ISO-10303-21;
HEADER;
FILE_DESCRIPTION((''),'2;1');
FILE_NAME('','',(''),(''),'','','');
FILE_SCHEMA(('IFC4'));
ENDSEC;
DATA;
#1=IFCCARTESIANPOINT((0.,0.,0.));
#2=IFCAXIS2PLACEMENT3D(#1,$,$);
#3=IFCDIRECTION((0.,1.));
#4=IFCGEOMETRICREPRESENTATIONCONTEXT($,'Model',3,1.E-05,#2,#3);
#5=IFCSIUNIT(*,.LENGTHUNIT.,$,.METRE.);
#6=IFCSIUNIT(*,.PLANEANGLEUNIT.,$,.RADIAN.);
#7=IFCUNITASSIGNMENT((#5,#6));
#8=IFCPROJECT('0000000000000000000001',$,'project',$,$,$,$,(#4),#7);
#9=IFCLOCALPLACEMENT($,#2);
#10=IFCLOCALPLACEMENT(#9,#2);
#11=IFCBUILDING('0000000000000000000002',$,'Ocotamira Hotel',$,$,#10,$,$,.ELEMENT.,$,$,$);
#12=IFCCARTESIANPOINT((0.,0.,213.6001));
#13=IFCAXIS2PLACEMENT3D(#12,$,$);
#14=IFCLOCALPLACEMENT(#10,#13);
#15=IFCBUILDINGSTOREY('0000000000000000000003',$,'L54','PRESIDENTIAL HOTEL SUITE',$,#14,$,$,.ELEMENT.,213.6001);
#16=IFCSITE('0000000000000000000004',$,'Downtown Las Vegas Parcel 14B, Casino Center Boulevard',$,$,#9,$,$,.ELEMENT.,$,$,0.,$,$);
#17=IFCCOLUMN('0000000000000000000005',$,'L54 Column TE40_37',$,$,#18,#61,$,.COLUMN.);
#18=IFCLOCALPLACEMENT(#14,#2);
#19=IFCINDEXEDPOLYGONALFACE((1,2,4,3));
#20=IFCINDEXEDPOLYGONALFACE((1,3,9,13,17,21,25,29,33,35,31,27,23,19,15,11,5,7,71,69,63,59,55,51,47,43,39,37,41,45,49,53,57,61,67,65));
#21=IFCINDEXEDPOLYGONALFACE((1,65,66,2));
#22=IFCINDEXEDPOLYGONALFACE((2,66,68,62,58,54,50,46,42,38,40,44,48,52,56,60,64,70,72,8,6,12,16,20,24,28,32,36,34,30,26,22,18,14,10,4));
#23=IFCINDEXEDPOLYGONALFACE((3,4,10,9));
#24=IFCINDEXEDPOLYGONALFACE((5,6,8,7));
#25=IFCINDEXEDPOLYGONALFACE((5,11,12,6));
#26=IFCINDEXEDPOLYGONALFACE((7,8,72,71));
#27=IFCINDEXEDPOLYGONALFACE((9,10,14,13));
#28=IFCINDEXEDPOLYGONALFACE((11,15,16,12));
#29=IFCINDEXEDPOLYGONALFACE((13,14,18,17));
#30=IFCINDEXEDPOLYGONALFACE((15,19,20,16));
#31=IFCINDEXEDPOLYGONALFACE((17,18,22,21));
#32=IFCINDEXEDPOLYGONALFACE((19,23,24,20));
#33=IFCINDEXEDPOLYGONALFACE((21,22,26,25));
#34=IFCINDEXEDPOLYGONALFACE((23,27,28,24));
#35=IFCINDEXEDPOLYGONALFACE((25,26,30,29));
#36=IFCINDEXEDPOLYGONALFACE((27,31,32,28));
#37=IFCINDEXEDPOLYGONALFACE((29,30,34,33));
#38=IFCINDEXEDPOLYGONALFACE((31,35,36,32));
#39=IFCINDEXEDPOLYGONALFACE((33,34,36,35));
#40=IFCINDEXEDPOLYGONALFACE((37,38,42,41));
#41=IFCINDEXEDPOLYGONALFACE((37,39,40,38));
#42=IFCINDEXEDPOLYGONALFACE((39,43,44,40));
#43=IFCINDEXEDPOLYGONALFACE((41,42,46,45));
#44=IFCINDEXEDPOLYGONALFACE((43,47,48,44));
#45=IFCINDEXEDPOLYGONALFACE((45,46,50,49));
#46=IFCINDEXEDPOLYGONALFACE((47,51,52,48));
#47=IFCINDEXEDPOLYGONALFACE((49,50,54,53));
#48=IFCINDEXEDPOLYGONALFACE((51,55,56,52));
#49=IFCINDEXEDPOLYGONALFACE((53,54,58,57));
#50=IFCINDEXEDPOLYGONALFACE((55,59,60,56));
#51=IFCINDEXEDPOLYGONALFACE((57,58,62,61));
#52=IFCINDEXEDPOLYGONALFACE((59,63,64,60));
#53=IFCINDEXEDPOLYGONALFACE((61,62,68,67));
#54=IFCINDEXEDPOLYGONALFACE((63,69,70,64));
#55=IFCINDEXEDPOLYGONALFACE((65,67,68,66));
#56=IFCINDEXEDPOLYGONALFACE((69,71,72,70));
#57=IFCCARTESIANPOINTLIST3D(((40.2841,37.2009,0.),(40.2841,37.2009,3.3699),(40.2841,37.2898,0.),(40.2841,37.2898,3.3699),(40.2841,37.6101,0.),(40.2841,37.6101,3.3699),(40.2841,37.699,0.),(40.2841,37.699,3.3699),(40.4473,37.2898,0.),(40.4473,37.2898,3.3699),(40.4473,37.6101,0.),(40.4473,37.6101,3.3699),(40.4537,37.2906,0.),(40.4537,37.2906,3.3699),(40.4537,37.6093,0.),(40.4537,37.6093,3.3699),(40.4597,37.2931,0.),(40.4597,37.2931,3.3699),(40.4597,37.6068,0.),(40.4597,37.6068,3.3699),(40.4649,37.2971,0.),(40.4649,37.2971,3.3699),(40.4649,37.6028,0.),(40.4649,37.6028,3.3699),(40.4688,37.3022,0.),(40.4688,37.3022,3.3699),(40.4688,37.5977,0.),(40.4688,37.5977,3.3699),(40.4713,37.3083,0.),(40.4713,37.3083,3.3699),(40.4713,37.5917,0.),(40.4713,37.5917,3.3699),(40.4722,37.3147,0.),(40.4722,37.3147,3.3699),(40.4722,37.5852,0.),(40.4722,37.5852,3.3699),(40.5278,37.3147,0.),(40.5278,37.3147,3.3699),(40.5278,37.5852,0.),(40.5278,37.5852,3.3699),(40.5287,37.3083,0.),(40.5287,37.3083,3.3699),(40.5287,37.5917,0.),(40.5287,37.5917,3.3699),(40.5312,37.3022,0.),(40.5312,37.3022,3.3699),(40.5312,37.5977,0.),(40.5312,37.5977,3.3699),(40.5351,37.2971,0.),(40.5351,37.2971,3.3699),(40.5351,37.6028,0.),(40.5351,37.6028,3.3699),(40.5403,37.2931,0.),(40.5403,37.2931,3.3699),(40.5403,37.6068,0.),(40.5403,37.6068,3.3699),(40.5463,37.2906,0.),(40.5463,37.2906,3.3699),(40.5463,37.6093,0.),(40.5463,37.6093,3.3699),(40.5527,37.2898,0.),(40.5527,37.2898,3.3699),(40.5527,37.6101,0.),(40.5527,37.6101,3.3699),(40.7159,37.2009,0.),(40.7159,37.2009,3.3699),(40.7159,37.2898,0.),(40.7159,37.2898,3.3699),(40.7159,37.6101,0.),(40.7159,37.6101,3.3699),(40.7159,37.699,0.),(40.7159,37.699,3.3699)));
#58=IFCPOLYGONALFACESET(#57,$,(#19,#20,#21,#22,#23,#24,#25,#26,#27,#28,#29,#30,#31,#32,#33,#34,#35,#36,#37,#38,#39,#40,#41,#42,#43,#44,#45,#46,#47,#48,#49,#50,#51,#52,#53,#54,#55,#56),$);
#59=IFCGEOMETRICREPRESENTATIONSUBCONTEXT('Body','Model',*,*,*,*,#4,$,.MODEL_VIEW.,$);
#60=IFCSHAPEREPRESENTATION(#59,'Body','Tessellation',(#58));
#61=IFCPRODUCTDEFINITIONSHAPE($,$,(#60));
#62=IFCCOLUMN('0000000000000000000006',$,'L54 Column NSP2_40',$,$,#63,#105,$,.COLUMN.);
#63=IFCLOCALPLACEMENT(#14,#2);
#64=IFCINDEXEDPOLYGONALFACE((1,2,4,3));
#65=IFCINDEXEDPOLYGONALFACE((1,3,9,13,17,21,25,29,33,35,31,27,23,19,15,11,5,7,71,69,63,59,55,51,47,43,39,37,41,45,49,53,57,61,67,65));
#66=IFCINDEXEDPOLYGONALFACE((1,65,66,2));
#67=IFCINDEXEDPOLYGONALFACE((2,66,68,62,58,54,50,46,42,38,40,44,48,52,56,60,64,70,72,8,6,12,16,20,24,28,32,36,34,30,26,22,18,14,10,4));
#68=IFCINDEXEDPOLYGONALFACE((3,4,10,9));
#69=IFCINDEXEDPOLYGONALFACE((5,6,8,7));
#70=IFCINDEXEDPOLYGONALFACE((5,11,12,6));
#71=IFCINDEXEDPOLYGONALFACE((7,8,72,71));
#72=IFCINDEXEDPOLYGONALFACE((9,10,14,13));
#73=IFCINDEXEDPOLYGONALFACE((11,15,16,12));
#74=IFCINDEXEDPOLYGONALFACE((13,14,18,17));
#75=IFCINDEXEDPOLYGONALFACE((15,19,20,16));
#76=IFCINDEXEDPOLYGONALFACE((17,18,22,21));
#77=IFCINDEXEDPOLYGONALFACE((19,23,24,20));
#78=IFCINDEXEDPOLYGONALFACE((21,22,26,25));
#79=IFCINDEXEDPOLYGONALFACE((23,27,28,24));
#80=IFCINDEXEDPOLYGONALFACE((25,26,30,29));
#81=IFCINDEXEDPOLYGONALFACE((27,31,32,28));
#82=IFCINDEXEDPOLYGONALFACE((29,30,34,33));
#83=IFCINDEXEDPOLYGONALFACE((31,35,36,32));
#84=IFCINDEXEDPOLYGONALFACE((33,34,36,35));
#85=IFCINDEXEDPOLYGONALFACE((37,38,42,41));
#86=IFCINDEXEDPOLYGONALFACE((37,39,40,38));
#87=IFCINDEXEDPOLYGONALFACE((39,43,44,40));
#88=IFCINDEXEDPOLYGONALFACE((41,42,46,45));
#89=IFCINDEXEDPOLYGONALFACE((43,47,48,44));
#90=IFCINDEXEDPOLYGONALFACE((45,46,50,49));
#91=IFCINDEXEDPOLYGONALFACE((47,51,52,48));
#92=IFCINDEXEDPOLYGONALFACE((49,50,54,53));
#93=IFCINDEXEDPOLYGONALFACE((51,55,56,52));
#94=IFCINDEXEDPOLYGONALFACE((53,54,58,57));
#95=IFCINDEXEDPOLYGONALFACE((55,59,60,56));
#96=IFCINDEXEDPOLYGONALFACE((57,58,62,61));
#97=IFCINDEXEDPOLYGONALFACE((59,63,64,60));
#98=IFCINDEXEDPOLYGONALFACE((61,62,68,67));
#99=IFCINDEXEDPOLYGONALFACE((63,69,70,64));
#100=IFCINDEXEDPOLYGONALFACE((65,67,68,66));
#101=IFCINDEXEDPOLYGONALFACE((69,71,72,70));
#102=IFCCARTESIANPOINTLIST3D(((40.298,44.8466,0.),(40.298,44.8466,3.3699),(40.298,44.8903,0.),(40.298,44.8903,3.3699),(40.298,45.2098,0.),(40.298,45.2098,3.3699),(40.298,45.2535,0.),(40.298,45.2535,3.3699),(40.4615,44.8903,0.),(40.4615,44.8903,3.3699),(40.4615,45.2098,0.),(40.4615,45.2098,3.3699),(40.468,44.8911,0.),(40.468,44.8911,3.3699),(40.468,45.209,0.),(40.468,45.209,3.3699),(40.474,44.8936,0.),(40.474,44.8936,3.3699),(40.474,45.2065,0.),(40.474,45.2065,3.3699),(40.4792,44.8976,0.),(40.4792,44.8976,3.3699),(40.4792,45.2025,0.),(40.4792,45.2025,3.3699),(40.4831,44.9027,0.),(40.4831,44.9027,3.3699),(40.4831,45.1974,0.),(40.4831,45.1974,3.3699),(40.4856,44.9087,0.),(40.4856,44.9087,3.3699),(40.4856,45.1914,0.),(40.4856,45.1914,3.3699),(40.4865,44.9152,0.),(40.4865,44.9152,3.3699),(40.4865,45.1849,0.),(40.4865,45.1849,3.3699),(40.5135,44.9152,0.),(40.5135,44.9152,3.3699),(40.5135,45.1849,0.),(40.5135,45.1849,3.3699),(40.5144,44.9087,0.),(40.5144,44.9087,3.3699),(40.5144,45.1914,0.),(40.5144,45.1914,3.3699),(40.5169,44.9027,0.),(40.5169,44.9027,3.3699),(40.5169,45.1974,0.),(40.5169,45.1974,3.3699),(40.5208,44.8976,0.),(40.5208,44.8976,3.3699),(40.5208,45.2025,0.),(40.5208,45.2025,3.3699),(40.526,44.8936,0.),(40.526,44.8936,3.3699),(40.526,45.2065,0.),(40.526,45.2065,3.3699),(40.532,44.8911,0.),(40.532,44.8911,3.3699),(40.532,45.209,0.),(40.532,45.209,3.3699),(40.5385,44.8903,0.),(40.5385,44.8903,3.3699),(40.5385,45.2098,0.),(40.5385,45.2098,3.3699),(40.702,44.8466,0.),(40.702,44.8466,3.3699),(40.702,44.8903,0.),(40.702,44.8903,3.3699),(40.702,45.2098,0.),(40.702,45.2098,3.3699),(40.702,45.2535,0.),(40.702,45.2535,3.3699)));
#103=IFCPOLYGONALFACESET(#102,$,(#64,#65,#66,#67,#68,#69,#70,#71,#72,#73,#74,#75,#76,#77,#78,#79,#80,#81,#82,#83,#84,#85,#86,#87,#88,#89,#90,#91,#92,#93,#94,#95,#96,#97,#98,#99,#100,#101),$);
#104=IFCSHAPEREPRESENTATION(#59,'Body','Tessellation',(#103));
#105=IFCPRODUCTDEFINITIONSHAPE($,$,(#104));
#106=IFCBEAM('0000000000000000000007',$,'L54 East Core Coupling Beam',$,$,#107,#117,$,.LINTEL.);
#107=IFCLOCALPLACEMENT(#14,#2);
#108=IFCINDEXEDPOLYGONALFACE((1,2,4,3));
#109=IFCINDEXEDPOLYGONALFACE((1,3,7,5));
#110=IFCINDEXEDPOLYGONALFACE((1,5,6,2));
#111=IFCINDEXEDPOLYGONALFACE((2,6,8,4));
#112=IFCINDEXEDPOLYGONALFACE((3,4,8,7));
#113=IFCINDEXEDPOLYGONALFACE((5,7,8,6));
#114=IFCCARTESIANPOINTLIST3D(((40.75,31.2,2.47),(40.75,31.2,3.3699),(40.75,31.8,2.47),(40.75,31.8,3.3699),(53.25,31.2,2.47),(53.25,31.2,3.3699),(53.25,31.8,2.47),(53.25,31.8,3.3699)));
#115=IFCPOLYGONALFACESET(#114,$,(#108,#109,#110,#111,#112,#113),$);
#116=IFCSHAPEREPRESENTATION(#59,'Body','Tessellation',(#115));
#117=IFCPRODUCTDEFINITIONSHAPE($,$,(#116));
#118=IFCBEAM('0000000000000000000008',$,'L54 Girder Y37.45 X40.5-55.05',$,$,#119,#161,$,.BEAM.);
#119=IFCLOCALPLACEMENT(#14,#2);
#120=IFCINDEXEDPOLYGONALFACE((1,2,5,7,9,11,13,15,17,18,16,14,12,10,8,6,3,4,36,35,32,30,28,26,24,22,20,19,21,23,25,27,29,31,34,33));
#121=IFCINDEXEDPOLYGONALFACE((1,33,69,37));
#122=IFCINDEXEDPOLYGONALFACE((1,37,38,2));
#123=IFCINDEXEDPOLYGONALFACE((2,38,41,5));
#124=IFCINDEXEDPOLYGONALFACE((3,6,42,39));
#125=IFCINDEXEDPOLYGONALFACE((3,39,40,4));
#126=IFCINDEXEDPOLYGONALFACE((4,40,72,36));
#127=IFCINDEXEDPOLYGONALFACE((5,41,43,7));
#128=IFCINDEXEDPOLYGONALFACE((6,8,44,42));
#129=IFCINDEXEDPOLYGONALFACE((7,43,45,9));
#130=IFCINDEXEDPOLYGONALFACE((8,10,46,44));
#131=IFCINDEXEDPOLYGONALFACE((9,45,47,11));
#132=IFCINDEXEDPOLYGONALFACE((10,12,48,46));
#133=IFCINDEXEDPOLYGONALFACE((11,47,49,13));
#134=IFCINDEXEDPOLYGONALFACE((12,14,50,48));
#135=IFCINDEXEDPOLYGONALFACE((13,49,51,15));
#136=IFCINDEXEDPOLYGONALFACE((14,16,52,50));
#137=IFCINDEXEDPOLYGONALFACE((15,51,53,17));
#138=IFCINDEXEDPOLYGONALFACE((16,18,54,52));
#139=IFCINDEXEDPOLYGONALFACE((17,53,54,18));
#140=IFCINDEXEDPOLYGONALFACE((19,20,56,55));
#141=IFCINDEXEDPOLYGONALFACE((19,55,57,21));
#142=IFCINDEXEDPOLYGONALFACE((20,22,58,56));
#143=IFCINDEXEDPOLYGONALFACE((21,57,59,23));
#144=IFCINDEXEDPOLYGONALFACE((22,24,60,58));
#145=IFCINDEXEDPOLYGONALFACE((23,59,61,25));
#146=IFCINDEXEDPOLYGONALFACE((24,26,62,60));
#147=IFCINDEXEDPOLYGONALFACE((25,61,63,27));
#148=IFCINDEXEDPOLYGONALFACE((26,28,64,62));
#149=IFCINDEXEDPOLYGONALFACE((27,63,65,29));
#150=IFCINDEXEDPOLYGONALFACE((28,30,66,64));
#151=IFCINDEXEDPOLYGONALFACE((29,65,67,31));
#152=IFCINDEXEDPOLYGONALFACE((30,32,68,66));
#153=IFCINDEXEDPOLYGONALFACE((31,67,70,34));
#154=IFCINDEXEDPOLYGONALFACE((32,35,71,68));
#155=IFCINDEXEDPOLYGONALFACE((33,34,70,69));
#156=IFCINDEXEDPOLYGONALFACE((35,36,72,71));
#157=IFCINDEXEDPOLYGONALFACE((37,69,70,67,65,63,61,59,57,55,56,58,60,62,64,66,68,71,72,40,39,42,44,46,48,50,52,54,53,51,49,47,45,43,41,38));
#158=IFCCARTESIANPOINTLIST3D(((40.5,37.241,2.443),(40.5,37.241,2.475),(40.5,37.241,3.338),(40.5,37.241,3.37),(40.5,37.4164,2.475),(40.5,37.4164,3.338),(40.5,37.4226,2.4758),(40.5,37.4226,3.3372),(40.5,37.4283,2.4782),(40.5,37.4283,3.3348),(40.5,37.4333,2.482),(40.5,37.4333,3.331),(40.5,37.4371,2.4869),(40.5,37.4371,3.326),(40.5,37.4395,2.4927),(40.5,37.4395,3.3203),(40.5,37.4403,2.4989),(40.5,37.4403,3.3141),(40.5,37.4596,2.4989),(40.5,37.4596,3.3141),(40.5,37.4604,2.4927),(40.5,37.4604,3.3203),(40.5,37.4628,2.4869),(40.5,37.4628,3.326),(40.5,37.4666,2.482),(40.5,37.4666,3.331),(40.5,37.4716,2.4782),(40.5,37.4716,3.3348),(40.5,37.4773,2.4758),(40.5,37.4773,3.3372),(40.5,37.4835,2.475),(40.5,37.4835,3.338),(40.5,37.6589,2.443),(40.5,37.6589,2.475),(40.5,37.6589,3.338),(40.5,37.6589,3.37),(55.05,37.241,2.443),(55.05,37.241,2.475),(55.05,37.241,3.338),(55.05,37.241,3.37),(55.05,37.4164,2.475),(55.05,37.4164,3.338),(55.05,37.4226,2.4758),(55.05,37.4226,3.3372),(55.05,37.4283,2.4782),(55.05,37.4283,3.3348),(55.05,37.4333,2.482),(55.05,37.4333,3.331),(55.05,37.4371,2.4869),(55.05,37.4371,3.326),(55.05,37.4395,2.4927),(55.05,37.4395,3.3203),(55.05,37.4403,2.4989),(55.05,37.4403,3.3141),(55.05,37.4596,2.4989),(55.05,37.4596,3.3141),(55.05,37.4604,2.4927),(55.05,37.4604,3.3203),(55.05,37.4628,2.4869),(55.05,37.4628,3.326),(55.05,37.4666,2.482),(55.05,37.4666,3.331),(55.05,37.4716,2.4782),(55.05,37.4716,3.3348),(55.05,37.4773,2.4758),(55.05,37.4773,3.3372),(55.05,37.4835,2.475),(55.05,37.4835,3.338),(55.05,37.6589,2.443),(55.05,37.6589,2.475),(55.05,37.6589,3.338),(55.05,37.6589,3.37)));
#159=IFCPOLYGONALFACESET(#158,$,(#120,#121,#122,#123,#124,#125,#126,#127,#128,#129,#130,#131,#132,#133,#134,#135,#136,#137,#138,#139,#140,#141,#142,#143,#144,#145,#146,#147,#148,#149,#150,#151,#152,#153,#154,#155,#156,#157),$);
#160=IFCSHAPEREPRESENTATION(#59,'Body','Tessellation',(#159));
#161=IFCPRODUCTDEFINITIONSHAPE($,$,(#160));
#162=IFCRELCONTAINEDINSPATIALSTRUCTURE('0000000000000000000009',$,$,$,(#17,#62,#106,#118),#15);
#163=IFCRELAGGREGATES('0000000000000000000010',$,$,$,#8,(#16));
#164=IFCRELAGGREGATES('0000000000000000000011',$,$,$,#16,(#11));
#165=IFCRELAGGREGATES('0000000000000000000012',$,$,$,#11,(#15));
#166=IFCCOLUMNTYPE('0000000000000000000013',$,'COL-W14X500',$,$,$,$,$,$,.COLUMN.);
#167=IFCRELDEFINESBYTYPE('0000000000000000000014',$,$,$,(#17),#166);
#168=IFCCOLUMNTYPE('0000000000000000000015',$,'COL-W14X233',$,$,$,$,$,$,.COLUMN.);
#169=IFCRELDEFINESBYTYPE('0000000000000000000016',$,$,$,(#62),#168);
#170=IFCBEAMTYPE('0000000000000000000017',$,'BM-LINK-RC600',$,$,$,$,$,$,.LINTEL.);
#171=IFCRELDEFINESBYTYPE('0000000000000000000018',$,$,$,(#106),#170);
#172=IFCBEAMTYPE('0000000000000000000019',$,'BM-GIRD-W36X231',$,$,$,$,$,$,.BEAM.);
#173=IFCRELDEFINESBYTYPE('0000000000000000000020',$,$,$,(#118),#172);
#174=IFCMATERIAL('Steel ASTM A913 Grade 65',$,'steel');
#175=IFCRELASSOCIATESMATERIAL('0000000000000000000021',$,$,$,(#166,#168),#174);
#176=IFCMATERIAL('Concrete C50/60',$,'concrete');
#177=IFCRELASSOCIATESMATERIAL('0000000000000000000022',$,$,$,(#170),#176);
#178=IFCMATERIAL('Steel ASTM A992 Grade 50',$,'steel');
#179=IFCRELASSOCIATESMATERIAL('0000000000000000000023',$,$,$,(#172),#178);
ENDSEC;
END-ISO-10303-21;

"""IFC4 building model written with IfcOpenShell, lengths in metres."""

from ifc_helpers import new_model, si_unit, direction, frame, origin, origin_2d, place, context, subcontext, project, spatial, rectangle, i_section, extrude, source, transform, mapped, material, material_profile, profile_set, type_object, element, save


model = new_model("IFC4")

# Units and contexts
model_context = context("Model", 3, precision=1e-05, world=origin(), true_north=direction((0.0, 1.0)))
body_context = subcontext(model_context, "Body", "Model", "MODEL_VIEW")
ifc_project = project(units=[si_unit("LENGTHUNIT", "METRE"), si_unit("PLANEANGLEUNIT", "RADIAN")], contexts=[model_context])

# Site, building, storey
site_placement = place(None, origin())
site = spatial("IfcSite", under=ifc_project, at=site_placement, Name="Downtown Las Vegas Parcel 14B, Casino Center Boulevard", CompositionType="ELEMENT", RefElevation=0.0)
building_placement = place(site_placement, origin())
building = spatial("IfcBuilding", under=site, at=building_placement, Name="Ocotamira Hotel", CompositionType="ELEMENT")
storey_placement = place(building_placement, frame((0.0, 0.0, 213.6001)))
storey = spatial("IfcBuildingStorey", under=building, at=storey_placement, Name="L54", Description="PRESIDENTIAL HOTEL SUITE", CompositionType="ELEMENT", Elevation=213.6001)

# Columns
ifc_material_1 = material(Name="Steel ASTM A913 Grade 65", Category="steel")
ifc_material_profile_1 = material_profile(ifc_material_1, i_section(OverallWidth=0.4319, OverallDepth=0.498, WebThickness=0.0557, FlangeThickness=0.0889, FilletRadius=0.0249, at=origin_2d()), Name="W14X500")
ifc_profile_set_1 = profile_set([ifc_material_profile_1], Name="Steel ASTM A913 Grade 65")
column_type_1 = type_object("IfcColumnType", Name="COL-W14X500", PredefinedType="COLUMN", material=ifc_profile_set_1)
shared_shape_1 = source(origin(), body_context, "Body", "SweptSolid", [
    extrude(i_section(OverallWidth=0.4319, OverallDepth=0.498, WebThickness=0.0557, FlangeThickness=0.0889, FilletRadius=0.0249, at=origin_2d()), origin(), (0.0, 0.0, 1.0), 3.3699),
])
column_1_placement = place(storey_placement, frame((40.5, 37.45, 0.0), z_axis=(0.0, 0.0, 1.0), x_axis=(1.0, 0.0, 0.0)))
element("IfcColumn", 1, at=column_1_placement, inside=storey, type_object=column_type_1, Name="L54 Column TE40_37", PredefinedType="COLUMN", context=body_context, shape_type="MappedRepresentation", body=[
    mapped(shared_shape_1, transform((0.0, 0.0, 0.0), scale=1.0)),
])
ifc_material_profile_2 = material_profile(ifc_material_1, i_section(OverallWidth=0.4041, OverallDepth=0.407, WebThickness=0.0271, FlangeThickness=0.0437, FilletRadius=0.0249, at=origin_2d()), Name="W14X233")
ifc_profile_set_2 = profile_set([ifc_material_profile_2], Name="Steel ASTM A913 Grade 65")
column_type_2 = type_object("IfcColumnType", Name="COL-W14X233", PredefinedType="COLUMN", material=ifc_profile_set_2)
shared_shape_2 = source(origin(), body_context, "Body", "SweptSolid", [
    extrude(i_section(OverallWidth=0.4041, OverallDepth=0.407, WebThickness=0.0271, FlangeThickness=0.0437, FilletRadius=0.0249, at=origin_2d()), origin(), (0.0, 0.0, 1.0), 3.3699),
])
column_2_placement = place(storey_placement, frame((40.5, 45.05, 0.0), z_axis=(0.0, 0.0, 1.0), x_axis=(1.0, 0.0, 0.0)))
element("IfcColumn", 2, at=column_2_placement, inside=storey, type_object=column_type_2, Name="L54 Column NSP2_40", PredefinedType="COLUMN", context=body_context, shape_type="MappedRepresentation", body=[
    mapped(shared_shape_2, transform((0.0, 0.0, 0.0), scale=1.0)),
])

# Beams
ifc_material_2 = material(Name="Concrete C50/60", Category="concrete")
ifc_material_profile_3 = material_profile(ifc_material_2, rectangle(XDim=0.6001, YDim=0.8999, at=origin_2d()), Name="RC600X900")
ifc_profile_set_3 = profile_set([ifc_material_profile_3], Name="Concrete C50/60")
beam_type_1 = type_object("IfcBeamType", Name="BM-LINK-RC600", PredefinedType="LINTEL", material=ifc_profile_set_3)
shared_shape_3 = source(origin(), body_context, "Body", "SweptSolid", [
    extrude(rectangle(XDim=0.6001, YDim=0.8999, at=origin_2d()), origin(), (0.0, 0.0, 1.0), 12.5),
])
beam_1_placement = place(storey_placement, frame((40.75, 31.5, 2.9199), z_axis=(1.0, 0.0, 0.0), x_axis=(0.0, 1.0, 0.0)))
element("IfcBeam", 3, at=beam_1_placement, inside=storey, type_object=beam_type_1, Name="L54 East Core Coupling Beam", PredefinedType="LINTEL", context=body_context, shape_type="MappedRepresentation", body=[
    mapped(shared_shape_3, transform((0.0, 0.0, 0.0), scale=1.0)),
])
ifc_material_3 = material(Name="Steel ASTM A992 Grade 50", Category="steel")
ifc_material_profile_4 = material_profile(ifc_material_3, i_section(OverallWidth=0.418, OverallDepth=0.927, WebThickness=0.0193, FlangeThickness=0.032, FilletRadius=0.0239, at=origin_2d()), Name="W36X231")
ifc_profile_set_4 = profile_set([ifc_material_profile_4], Name="Steel ASTM A992 Grade 50")
beam_type_2 = type_object("IfcBeamType", Name="BM-GIRD-W36X231", PredefinedType="BEAM", material=ifc_profile_set_4)
shared_shape_4 = source(origin(), body_context, "Body", "SweptSolid", [
    extrude(i_section(OverallWidth=0.418, OverallDepth=0.927, WebThickness=0.0193, FlangeThickness=0.032, FilletRadius=0.0239, at=origin_2d()), origin(), (0.0, 0.0, 1.0), 14.55),
])
beam_2_placement = place(storey_placement, frame((40.5, 37.45, 2.9065), z_axis=(1.0, 0.0, 0.0), x_axis=(0.0, 1.0, 0.0)))
element("IfcBeam", 4, at=beam_2_placement, inside=storey, type_object=beam_type_2, Name="L54 Girder Y37.45 X40.5-55.05", PredefinedType="BEAM", context=body_context, shape_type="MappedRepresentation", body=[
    mapped(shared_shape_4, transform((0.0, 0.0, 0.0), scale=1.0)),
])

save(model, "model.ifc")
